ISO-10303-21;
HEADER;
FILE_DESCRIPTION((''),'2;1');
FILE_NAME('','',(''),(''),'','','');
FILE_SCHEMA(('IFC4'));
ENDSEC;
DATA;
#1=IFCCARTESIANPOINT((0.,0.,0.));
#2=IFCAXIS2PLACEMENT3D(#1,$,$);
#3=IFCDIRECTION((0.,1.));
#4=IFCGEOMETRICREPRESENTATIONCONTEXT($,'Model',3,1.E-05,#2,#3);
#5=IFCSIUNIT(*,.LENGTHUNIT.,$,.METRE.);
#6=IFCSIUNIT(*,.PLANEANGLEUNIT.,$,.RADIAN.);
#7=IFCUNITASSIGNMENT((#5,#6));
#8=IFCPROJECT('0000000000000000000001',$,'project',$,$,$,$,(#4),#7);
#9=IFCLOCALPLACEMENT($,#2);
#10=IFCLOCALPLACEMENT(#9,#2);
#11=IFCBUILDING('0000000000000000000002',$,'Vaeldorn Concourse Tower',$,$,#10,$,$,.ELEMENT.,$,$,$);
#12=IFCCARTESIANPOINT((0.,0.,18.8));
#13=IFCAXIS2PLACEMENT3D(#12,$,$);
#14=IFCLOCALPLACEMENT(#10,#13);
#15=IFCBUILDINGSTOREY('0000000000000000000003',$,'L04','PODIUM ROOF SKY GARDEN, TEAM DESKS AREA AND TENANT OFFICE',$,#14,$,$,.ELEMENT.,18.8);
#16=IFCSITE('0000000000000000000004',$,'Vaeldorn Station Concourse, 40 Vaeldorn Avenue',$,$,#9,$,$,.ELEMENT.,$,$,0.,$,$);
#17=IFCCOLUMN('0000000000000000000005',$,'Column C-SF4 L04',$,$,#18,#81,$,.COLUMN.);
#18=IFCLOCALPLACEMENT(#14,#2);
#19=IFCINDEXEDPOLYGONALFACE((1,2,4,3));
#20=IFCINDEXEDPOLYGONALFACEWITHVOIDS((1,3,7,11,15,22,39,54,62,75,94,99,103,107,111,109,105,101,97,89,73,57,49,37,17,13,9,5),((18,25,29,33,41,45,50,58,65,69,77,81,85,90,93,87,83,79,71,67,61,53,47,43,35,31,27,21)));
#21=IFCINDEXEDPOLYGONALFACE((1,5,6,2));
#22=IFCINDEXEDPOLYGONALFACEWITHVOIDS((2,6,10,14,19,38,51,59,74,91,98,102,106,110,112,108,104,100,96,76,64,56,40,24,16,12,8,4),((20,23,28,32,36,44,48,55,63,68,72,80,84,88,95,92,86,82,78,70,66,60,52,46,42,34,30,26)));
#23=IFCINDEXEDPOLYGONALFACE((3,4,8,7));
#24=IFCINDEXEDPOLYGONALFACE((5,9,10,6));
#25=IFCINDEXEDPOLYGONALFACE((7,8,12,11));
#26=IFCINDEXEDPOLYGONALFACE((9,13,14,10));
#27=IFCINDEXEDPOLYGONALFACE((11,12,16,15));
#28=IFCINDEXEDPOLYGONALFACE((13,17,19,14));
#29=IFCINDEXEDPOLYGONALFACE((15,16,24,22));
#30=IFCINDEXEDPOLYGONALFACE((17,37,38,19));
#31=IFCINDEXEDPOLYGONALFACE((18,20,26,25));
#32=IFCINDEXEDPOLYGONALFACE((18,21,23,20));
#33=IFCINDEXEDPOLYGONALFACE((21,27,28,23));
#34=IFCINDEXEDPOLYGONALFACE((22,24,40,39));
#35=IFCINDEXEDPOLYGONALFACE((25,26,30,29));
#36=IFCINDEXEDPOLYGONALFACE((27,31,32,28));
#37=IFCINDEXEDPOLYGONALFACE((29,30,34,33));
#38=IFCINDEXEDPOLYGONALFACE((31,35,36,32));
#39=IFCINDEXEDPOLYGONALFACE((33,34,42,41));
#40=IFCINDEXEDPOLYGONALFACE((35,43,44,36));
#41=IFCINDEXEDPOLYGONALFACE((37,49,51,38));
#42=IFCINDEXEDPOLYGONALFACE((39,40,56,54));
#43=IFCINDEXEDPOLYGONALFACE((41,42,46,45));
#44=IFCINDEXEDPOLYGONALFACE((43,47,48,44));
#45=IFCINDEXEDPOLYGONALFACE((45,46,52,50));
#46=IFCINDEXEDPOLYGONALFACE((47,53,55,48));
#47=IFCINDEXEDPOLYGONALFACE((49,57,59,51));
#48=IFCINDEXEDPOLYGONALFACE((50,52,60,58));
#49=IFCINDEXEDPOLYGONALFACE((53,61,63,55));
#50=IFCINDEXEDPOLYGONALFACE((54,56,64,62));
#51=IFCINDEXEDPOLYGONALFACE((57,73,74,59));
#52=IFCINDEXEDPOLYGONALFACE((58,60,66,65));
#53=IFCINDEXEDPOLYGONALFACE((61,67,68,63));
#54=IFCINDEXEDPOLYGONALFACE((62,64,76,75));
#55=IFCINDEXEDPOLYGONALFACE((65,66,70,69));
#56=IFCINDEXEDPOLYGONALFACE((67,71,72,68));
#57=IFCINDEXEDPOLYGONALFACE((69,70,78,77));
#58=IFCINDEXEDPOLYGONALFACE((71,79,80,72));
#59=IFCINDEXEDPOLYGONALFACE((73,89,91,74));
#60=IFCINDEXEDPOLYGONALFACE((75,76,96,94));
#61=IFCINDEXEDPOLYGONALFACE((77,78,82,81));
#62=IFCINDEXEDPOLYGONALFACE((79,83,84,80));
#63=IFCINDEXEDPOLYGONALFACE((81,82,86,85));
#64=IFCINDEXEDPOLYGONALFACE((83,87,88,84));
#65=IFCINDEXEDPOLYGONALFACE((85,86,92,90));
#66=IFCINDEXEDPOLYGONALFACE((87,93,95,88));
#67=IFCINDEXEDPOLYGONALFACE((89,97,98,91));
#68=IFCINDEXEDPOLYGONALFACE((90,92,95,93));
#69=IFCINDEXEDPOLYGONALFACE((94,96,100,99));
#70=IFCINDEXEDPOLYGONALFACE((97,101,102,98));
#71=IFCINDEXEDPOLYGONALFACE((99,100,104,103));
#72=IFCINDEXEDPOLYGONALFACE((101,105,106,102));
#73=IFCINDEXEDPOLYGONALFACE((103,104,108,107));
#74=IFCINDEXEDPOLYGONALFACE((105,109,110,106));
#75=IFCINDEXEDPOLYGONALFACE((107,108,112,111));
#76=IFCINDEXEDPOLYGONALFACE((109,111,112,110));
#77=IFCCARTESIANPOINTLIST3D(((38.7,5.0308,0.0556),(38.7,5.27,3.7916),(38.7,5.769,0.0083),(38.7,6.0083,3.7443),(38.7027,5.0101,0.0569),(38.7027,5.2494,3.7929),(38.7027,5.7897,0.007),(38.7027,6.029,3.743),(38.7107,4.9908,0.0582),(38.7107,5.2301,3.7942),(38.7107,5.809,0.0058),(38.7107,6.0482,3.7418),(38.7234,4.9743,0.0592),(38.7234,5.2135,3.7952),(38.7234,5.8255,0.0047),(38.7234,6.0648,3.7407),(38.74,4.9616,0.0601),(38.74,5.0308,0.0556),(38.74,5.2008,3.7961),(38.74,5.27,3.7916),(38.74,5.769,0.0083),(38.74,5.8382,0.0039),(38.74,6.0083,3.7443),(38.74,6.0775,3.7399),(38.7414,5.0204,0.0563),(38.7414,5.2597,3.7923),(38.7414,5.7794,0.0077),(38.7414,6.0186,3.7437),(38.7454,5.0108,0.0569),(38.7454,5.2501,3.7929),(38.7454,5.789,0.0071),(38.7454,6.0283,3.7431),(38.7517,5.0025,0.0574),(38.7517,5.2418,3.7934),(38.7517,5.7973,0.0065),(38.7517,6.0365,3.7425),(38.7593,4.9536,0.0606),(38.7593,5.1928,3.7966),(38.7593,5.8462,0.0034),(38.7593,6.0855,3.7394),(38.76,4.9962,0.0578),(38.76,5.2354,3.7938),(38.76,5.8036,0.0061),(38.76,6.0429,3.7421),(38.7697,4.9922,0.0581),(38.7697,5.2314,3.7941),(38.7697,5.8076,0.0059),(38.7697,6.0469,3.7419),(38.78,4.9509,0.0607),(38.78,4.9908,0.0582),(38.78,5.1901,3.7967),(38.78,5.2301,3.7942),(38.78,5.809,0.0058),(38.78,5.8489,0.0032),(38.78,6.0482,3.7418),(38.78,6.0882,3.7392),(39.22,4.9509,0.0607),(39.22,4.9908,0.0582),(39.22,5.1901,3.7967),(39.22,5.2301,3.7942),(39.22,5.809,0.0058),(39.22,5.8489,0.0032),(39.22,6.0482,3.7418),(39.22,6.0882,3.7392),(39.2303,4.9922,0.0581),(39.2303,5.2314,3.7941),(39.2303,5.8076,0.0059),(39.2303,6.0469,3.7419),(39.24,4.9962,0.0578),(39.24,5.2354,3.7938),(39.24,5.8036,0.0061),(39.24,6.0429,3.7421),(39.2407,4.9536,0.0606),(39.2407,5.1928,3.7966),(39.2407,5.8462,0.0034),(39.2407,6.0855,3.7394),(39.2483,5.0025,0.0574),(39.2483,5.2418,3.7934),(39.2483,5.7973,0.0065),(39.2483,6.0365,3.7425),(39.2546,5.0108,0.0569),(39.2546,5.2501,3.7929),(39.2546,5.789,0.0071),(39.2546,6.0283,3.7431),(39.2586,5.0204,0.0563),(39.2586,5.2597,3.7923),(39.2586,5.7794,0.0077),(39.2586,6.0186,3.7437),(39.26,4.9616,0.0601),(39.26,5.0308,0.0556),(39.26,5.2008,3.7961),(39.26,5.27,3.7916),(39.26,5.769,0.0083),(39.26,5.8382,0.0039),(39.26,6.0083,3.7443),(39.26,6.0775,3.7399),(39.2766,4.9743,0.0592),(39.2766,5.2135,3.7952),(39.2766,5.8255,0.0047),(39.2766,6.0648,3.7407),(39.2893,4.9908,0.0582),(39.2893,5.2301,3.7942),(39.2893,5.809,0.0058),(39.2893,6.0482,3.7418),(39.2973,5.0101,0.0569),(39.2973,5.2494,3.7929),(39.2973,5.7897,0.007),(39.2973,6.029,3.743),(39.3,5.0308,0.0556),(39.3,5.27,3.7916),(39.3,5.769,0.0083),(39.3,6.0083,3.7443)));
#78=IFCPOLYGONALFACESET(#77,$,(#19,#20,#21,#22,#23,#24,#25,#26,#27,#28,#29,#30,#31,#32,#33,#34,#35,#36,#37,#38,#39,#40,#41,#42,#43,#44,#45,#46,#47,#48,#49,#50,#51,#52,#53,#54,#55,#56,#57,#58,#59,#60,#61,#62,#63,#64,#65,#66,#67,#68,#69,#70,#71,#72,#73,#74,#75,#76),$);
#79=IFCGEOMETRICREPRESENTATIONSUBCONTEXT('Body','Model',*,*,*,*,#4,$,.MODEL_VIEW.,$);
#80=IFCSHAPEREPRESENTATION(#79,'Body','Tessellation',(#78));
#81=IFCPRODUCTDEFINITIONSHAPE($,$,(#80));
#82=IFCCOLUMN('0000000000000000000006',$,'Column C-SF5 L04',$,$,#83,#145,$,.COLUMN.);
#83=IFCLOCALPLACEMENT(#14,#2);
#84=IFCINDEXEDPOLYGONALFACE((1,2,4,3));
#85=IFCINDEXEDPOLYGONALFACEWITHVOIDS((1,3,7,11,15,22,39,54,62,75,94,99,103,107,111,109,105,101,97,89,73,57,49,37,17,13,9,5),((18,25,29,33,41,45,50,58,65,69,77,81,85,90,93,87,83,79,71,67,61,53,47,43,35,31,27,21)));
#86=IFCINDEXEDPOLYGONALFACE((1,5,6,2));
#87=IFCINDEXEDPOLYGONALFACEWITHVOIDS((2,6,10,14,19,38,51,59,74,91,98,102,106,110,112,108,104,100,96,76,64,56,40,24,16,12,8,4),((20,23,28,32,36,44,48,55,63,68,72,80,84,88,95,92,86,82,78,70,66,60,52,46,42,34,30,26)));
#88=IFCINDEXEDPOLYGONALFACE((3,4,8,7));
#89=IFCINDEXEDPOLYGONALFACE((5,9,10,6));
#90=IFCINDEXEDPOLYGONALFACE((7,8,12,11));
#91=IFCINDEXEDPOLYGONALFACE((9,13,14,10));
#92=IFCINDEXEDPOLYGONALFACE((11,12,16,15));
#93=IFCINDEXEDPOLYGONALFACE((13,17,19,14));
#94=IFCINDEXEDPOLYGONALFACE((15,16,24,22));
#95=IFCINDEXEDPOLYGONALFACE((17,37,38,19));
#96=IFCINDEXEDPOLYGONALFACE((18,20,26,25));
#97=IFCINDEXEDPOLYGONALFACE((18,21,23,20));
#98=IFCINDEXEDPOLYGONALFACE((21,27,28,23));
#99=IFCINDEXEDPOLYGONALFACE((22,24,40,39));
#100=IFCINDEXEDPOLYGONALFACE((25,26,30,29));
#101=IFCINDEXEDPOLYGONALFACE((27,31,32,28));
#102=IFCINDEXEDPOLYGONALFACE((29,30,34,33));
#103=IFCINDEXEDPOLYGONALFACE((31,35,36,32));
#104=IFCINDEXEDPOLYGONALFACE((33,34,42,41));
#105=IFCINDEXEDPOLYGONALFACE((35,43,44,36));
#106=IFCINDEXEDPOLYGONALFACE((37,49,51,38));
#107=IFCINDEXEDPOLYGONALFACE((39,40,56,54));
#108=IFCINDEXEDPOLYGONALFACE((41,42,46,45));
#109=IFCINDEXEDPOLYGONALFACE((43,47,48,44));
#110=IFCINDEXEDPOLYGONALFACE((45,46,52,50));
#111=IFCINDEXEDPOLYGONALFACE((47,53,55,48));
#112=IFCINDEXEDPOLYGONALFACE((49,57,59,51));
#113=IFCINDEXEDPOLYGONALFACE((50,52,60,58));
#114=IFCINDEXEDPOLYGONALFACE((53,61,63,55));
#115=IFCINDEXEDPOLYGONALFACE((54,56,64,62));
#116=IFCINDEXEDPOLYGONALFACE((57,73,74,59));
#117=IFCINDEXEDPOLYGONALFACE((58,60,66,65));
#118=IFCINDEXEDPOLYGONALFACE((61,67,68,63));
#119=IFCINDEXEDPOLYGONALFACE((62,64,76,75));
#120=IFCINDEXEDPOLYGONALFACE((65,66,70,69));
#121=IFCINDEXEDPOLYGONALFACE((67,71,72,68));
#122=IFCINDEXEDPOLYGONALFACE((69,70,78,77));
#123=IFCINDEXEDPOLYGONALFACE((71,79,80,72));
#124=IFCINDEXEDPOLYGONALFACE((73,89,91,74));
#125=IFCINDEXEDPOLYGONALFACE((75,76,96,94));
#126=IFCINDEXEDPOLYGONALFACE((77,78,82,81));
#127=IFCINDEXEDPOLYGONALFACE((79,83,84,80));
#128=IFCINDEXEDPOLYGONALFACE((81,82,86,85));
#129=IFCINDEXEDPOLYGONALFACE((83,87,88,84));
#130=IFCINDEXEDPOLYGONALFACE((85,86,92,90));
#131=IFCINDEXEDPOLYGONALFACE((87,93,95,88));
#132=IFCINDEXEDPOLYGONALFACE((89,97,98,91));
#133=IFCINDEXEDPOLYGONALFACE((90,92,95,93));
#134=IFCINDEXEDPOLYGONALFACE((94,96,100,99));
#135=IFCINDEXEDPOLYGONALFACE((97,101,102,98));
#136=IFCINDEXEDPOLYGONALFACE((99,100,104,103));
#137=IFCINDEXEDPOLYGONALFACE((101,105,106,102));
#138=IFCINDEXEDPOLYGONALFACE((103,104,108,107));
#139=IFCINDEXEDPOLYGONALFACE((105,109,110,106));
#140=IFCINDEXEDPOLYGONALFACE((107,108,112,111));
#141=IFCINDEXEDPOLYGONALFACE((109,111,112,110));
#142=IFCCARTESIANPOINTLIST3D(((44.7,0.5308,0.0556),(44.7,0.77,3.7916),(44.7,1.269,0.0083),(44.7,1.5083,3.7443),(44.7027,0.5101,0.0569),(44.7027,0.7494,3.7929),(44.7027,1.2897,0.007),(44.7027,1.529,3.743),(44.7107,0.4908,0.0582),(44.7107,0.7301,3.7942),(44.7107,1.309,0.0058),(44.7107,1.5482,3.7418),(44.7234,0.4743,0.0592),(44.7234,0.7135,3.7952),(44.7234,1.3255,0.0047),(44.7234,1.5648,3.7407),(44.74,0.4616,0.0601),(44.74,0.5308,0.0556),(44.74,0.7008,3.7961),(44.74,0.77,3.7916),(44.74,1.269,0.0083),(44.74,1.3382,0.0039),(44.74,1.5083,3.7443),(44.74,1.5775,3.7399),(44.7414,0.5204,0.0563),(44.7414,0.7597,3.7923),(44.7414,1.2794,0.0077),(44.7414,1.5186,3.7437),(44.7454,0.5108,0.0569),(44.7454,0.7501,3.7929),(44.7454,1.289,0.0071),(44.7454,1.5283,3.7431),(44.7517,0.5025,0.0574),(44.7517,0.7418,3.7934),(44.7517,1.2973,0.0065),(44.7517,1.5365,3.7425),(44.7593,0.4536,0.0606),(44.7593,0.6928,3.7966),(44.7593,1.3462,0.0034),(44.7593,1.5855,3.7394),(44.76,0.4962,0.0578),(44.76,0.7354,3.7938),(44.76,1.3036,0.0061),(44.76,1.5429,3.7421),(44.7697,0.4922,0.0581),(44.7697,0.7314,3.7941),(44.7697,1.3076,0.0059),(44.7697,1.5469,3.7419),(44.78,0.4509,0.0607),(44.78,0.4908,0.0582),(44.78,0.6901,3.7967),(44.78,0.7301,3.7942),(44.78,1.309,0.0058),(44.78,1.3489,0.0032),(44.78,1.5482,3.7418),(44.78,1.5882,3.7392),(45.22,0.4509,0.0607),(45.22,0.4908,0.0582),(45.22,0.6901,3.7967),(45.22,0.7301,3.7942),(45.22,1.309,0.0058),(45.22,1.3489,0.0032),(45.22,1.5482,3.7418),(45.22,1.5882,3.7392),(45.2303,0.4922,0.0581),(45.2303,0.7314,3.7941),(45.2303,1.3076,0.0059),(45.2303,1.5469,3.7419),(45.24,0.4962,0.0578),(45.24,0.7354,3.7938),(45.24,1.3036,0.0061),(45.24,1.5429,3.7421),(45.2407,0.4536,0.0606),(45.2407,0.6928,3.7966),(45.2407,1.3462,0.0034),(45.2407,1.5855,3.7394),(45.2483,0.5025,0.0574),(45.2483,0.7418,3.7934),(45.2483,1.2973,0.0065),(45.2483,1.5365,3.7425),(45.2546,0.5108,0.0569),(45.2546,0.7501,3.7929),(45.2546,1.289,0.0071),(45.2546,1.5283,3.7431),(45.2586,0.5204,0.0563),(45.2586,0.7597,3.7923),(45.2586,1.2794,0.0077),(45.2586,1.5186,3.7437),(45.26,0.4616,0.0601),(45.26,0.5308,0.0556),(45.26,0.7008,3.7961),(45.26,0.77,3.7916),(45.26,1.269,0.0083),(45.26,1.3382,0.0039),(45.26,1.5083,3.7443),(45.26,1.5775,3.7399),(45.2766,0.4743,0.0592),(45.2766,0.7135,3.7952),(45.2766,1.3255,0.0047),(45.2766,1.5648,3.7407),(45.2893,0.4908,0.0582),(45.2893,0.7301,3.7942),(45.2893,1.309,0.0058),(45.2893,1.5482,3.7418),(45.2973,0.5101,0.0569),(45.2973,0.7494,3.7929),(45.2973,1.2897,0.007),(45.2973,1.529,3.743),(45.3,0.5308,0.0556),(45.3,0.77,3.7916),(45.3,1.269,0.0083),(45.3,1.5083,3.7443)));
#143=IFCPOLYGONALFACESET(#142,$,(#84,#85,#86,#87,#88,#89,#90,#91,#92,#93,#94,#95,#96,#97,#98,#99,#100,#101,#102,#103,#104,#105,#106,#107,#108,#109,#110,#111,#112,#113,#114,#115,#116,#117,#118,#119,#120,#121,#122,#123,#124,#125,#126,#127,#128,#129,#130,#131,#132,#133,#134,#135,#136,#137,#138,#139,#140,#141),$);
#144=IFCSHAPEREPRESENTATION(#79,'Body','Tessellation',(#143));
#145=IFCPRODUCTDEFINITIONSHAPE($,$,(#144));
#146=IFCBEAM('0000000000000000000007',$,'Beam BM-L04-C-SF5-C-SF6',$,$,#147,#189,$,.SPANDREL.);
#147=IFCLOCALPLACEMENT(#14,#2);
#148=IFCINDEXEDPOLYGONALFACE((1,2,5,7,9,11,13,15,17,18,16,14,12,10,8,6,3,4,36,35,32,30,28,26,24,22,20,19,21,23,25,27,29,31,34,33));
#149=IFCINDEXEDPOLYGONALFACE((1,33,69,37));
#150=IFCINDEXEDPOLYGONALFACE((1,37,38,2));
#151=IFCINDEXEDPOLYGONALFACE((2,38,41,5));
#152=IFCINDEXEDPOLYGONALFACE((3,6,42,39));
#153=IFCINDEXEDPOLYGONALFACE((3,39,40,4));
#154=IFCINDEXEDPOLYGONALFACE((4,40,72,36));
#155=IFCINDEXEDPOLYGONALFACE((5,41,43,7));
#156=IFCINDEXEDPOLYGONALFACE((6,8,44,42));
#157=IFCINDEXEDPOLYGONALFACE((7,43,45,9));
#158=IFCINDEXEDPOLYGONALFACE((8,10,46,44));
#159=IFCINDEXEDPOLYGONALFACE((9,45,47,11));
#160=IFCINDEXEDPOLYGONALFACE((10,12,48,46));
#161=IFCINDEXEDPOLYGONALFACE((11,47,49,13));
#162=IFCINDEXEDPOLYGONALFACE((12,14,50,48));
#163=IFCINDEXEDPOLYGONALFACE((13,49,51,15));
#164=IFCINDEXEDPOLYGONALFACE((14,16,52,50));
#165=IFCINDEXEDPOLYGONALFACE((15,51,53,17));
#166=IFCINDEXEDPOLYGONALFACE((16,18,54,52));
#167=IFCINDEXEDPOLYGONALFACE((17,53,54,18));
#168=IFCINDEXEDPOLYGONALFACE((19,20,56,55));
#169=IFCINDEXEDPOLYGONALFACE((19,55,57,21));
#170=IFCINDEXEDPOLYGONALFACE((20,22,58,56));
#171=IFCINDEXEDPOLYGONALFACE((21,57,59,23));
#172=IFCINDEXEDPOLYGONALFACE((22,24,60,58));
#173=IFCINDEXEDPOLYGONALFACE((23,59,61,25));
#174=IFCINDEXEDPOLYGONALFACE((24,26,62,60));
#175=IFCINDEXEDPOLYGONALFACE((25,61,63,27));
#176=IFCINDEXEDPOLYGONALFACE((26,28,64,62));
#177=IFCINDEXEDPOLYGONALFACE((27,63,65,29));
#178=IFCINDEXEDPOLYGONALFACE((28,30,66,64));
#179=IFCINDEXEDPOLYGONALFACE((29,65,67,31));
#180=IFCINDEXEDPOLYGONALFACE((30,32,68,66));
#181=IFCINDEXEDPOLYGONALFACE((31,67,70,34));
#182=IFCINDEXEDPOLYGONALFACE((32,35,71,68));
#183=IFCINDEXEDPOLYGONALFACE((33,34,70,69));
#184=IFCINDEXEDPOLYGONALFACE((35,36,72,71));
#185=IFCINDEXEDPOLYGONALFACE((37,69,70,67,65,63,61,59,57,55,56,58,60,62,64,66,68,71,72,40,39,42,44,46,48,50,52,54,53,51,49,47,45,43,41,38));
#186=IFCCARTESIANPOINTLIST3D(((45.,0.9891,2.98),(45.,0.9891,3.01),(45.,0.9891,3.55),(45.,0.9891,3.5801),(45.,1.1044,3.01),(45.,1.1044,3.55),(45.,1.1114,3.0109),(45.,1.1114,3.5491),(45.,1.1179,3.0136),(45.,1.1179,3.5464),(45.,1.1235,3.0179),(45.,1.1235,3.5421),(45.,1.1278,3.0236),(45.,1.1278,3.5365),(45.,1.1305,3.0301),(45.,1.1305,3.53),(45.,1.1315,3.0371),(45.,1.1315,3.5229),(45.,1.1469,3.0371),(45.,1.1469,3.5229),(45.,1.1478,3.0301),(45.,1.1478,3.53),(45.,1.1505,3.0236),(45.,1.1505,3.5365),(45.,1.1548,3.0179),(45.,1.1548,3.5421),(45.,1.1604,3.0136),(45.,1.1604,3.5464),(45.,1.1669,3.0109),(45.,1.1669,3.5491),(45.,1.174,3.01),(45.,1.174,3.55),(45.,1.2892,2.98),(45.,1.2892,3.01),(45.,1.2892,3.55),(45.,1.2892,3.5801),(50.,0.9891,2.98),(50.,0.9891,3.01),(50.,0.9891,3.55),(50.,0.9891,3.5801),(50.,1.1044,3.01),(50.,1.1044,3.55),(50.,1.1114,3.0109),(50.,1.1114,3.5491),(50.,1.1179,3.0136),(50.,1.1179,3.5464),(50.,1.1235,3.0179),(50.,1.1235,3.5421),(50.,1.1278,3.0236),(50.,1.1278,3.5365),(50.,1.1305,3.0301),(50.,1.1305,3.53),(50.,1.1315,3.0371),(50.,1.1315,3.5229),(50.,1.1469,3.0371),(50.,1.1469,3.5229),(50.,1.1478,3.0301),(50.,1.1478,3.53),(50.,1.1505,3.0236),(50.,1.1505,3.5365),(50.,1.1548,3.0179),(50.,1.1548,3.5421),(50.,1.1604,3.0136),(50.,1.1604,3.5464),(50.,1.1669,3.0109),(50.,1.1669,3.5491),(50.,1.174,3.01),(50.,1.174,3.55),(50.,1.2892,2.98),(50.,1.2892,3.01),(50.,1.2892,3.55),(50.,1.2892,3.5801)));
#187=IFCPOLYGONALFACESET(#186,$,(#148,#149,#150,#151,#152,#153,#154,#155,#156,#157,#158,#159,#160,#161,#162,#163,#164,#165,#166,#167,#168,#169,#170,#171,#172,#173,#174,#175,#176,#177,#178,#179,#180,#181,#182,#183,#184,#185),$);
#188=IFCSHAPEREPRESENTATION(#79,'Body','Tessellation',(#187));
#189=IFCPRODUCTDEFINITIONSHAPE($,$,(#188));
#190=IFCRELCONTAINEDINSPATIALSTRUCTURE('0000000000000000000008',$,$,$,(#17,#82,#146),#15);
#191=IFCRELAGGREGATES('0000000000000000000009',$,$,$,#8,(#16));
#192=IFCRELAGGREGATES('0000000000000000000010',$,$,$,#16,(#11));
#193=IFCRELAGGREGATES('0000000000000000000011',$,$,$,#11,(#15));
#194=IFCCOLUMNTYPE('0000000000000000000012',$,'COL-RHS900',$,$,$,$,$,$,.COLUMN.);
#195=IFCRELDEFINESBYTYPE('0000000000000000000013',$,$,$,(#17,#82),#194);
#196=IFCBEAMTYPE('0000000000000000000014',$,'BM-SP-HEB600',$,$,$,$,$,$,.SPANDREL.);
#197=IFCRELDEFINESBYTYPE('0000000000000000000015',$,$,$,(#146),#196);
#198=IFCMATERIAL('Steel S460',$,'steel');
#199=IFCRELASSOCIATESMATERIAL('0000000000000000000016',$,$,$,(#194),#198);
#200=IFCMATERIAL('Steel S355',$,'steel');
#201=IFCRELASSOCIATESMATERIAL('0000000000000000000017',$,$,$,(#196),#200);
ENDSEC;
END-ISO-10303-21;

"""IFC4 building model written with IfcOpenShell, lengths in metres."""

from ifc_helpers import new_model, si_unit, direction, frame, origin, origin_2d, place, context, subcontext, project, spatial, hollow_rectangle, i_section, extrude, source, transform, mapped, material, material_profile, profile_set, type_object, element, save


model = new_model("IFC4")

# Units and contexts
model_context = context("Model", 3, precision=1e-05, world=origin(), true_north=direction((0.0, 1.0)))
body_context = subcontext(model_context, "Body", "Model", "MODEL_VIEW")
ifc_project = project(units=[si_unit("LENGTHUNIT", "METRE"), si_unit("PLANEANGLEUNIT", "RADIAN")], contexts=[model_context])

# Site, building, storey
site_placement = place(None, origin())
site = spatial("IfcSite", under=ifc_project, at=site_placement, Name="Vaeldorn Station Concourse, 40 Vaeldorn Avenue", CompositionType="ELEMENT", RefElevation=0.0)
building_placement = place(site_placement, origin())
building = spatial("IfcBuilding", under=site, at=building_placement, Name="Vaeldorn Concourse Tower", CompositionType="ELEMENT")
storey_placement = place(building_placement, frame((0.0, 0.0, 18.8)))
storey = spatial("IfcBuildingStorey", under=building, at=storey_placement, Name="L04", Description="PODIUM ROOF SKY GARDEN, TEAM DESKS AREA AND TENANT OFFICE", CompositionType="ELEMENT", Elevation=18.8)

# Columns
ifc_material_1 = material(Name="Steel S460", Category="steel")
ifc_material_profile_1 = material_profile(ifc_material_1, hollow_rectangle(XDim=0.6001, YDim=0.8999, WallThickness=0.04, InnerFilletRadius=0.04, OuterFilletRadius=0.0801, at=origin_2d()), Name="RHS 900x600x40")
ifc_profile_set_1 = profile_set([ifc_material_profile_1], Name="Steel S460")
column_type = type_object("IfcColumnType", Name="COL-RHS900", PredefinedType="COLUMN", material=ifc_profile_set_1)
shared_shape_1 = source(origin(), body_context, "Body", "SweptSolid", [
    extrude(hollow_rectangle(XDim=0.6001, YDim=0.8999, WallThickness=0.04, InnerFilletRadius=0.04, OuterFilletRadius=0.0801, at=origin_2d()), origin(), (0.0, 0.0, 1.0), 3.7437),
])
for number, where, z_axis, x_axis, name in (
    (1, (39.0, 5.3999, 0.032), (0.0, 0.063909, 0.997956), (-1.0, 0.0, 0.0), "Column C-SF4 L04"),
    (2, (45.0, 0.8999, 0.032), (0.0, 0.063909, 0.997956), (-1.0, 0.0, 0.0), "Column C-SF5 L04"),
):
    element("IfcColumn", number, at=place(storey_placement, frame(where, z_axis=z_axis, x_axis=x_axis)), inside=storey, type_object=column_type, Name=name, PredefinedType="COLUMN", context=body_context, shape_type="MappedRepresentation", body=[
        mapped(shared_shape_1, transform((0.0, 0.0, 0.0), scale=1.0)),
    ])

# Beam
ifc_material_2 = material(Name="Steel S355", Category="steel")
ifc_material_profile_2 = material_profile(ifc_material_2, i_section(OverallWidth=0.3, OverallDepth=0.6001, WebThickness=0.0154, FlangeThickness=0.03, FilletRadius=0.0271, at=origin_2d()), Name="HEB 600")
ifc_profile_set_2 = profile_set([ifc_material_profile_2], Name="Steel S355")
beam_type_1 = type_object("IfcBeamType", Name="BM-SP-HEB600", PredefinedType="SPANDREL", material=ifc_profile_set_2)
shared_shape_2 = source(origin(), body_context, "Body", "SweptSolid", [
    extrude(i_section(OverallWidth=0.3, OverallDepth=0.6001, WebThickness=0.0154, FlangeThickness=0.03, FilletRadius=0.0271, at=origin_2d()), origin(), (0.0, 0.0, 1.0), 5.0),
])
beam_1_placement = place(storey_placement, frame((45.0, 1.1392, 3.28), z_axis=(1.0, 0.0, 0.0), x_axis=(0.0, 1.0, 0.0)))
element("IfcBeam", 3, at=beam_1_placement, inside=storey, type_object=beam_type_1, Name="Beam BM-L04-C-SF5-C-SF6", PredefinedType="SPANDREL", context=body_context, shape_type="MappedRepresentation", body=[
    mapped(shared_shape_2, transform((0.0, 0.0, 0.0), scale=1.0)),
])

save(model, "model.ifc")
